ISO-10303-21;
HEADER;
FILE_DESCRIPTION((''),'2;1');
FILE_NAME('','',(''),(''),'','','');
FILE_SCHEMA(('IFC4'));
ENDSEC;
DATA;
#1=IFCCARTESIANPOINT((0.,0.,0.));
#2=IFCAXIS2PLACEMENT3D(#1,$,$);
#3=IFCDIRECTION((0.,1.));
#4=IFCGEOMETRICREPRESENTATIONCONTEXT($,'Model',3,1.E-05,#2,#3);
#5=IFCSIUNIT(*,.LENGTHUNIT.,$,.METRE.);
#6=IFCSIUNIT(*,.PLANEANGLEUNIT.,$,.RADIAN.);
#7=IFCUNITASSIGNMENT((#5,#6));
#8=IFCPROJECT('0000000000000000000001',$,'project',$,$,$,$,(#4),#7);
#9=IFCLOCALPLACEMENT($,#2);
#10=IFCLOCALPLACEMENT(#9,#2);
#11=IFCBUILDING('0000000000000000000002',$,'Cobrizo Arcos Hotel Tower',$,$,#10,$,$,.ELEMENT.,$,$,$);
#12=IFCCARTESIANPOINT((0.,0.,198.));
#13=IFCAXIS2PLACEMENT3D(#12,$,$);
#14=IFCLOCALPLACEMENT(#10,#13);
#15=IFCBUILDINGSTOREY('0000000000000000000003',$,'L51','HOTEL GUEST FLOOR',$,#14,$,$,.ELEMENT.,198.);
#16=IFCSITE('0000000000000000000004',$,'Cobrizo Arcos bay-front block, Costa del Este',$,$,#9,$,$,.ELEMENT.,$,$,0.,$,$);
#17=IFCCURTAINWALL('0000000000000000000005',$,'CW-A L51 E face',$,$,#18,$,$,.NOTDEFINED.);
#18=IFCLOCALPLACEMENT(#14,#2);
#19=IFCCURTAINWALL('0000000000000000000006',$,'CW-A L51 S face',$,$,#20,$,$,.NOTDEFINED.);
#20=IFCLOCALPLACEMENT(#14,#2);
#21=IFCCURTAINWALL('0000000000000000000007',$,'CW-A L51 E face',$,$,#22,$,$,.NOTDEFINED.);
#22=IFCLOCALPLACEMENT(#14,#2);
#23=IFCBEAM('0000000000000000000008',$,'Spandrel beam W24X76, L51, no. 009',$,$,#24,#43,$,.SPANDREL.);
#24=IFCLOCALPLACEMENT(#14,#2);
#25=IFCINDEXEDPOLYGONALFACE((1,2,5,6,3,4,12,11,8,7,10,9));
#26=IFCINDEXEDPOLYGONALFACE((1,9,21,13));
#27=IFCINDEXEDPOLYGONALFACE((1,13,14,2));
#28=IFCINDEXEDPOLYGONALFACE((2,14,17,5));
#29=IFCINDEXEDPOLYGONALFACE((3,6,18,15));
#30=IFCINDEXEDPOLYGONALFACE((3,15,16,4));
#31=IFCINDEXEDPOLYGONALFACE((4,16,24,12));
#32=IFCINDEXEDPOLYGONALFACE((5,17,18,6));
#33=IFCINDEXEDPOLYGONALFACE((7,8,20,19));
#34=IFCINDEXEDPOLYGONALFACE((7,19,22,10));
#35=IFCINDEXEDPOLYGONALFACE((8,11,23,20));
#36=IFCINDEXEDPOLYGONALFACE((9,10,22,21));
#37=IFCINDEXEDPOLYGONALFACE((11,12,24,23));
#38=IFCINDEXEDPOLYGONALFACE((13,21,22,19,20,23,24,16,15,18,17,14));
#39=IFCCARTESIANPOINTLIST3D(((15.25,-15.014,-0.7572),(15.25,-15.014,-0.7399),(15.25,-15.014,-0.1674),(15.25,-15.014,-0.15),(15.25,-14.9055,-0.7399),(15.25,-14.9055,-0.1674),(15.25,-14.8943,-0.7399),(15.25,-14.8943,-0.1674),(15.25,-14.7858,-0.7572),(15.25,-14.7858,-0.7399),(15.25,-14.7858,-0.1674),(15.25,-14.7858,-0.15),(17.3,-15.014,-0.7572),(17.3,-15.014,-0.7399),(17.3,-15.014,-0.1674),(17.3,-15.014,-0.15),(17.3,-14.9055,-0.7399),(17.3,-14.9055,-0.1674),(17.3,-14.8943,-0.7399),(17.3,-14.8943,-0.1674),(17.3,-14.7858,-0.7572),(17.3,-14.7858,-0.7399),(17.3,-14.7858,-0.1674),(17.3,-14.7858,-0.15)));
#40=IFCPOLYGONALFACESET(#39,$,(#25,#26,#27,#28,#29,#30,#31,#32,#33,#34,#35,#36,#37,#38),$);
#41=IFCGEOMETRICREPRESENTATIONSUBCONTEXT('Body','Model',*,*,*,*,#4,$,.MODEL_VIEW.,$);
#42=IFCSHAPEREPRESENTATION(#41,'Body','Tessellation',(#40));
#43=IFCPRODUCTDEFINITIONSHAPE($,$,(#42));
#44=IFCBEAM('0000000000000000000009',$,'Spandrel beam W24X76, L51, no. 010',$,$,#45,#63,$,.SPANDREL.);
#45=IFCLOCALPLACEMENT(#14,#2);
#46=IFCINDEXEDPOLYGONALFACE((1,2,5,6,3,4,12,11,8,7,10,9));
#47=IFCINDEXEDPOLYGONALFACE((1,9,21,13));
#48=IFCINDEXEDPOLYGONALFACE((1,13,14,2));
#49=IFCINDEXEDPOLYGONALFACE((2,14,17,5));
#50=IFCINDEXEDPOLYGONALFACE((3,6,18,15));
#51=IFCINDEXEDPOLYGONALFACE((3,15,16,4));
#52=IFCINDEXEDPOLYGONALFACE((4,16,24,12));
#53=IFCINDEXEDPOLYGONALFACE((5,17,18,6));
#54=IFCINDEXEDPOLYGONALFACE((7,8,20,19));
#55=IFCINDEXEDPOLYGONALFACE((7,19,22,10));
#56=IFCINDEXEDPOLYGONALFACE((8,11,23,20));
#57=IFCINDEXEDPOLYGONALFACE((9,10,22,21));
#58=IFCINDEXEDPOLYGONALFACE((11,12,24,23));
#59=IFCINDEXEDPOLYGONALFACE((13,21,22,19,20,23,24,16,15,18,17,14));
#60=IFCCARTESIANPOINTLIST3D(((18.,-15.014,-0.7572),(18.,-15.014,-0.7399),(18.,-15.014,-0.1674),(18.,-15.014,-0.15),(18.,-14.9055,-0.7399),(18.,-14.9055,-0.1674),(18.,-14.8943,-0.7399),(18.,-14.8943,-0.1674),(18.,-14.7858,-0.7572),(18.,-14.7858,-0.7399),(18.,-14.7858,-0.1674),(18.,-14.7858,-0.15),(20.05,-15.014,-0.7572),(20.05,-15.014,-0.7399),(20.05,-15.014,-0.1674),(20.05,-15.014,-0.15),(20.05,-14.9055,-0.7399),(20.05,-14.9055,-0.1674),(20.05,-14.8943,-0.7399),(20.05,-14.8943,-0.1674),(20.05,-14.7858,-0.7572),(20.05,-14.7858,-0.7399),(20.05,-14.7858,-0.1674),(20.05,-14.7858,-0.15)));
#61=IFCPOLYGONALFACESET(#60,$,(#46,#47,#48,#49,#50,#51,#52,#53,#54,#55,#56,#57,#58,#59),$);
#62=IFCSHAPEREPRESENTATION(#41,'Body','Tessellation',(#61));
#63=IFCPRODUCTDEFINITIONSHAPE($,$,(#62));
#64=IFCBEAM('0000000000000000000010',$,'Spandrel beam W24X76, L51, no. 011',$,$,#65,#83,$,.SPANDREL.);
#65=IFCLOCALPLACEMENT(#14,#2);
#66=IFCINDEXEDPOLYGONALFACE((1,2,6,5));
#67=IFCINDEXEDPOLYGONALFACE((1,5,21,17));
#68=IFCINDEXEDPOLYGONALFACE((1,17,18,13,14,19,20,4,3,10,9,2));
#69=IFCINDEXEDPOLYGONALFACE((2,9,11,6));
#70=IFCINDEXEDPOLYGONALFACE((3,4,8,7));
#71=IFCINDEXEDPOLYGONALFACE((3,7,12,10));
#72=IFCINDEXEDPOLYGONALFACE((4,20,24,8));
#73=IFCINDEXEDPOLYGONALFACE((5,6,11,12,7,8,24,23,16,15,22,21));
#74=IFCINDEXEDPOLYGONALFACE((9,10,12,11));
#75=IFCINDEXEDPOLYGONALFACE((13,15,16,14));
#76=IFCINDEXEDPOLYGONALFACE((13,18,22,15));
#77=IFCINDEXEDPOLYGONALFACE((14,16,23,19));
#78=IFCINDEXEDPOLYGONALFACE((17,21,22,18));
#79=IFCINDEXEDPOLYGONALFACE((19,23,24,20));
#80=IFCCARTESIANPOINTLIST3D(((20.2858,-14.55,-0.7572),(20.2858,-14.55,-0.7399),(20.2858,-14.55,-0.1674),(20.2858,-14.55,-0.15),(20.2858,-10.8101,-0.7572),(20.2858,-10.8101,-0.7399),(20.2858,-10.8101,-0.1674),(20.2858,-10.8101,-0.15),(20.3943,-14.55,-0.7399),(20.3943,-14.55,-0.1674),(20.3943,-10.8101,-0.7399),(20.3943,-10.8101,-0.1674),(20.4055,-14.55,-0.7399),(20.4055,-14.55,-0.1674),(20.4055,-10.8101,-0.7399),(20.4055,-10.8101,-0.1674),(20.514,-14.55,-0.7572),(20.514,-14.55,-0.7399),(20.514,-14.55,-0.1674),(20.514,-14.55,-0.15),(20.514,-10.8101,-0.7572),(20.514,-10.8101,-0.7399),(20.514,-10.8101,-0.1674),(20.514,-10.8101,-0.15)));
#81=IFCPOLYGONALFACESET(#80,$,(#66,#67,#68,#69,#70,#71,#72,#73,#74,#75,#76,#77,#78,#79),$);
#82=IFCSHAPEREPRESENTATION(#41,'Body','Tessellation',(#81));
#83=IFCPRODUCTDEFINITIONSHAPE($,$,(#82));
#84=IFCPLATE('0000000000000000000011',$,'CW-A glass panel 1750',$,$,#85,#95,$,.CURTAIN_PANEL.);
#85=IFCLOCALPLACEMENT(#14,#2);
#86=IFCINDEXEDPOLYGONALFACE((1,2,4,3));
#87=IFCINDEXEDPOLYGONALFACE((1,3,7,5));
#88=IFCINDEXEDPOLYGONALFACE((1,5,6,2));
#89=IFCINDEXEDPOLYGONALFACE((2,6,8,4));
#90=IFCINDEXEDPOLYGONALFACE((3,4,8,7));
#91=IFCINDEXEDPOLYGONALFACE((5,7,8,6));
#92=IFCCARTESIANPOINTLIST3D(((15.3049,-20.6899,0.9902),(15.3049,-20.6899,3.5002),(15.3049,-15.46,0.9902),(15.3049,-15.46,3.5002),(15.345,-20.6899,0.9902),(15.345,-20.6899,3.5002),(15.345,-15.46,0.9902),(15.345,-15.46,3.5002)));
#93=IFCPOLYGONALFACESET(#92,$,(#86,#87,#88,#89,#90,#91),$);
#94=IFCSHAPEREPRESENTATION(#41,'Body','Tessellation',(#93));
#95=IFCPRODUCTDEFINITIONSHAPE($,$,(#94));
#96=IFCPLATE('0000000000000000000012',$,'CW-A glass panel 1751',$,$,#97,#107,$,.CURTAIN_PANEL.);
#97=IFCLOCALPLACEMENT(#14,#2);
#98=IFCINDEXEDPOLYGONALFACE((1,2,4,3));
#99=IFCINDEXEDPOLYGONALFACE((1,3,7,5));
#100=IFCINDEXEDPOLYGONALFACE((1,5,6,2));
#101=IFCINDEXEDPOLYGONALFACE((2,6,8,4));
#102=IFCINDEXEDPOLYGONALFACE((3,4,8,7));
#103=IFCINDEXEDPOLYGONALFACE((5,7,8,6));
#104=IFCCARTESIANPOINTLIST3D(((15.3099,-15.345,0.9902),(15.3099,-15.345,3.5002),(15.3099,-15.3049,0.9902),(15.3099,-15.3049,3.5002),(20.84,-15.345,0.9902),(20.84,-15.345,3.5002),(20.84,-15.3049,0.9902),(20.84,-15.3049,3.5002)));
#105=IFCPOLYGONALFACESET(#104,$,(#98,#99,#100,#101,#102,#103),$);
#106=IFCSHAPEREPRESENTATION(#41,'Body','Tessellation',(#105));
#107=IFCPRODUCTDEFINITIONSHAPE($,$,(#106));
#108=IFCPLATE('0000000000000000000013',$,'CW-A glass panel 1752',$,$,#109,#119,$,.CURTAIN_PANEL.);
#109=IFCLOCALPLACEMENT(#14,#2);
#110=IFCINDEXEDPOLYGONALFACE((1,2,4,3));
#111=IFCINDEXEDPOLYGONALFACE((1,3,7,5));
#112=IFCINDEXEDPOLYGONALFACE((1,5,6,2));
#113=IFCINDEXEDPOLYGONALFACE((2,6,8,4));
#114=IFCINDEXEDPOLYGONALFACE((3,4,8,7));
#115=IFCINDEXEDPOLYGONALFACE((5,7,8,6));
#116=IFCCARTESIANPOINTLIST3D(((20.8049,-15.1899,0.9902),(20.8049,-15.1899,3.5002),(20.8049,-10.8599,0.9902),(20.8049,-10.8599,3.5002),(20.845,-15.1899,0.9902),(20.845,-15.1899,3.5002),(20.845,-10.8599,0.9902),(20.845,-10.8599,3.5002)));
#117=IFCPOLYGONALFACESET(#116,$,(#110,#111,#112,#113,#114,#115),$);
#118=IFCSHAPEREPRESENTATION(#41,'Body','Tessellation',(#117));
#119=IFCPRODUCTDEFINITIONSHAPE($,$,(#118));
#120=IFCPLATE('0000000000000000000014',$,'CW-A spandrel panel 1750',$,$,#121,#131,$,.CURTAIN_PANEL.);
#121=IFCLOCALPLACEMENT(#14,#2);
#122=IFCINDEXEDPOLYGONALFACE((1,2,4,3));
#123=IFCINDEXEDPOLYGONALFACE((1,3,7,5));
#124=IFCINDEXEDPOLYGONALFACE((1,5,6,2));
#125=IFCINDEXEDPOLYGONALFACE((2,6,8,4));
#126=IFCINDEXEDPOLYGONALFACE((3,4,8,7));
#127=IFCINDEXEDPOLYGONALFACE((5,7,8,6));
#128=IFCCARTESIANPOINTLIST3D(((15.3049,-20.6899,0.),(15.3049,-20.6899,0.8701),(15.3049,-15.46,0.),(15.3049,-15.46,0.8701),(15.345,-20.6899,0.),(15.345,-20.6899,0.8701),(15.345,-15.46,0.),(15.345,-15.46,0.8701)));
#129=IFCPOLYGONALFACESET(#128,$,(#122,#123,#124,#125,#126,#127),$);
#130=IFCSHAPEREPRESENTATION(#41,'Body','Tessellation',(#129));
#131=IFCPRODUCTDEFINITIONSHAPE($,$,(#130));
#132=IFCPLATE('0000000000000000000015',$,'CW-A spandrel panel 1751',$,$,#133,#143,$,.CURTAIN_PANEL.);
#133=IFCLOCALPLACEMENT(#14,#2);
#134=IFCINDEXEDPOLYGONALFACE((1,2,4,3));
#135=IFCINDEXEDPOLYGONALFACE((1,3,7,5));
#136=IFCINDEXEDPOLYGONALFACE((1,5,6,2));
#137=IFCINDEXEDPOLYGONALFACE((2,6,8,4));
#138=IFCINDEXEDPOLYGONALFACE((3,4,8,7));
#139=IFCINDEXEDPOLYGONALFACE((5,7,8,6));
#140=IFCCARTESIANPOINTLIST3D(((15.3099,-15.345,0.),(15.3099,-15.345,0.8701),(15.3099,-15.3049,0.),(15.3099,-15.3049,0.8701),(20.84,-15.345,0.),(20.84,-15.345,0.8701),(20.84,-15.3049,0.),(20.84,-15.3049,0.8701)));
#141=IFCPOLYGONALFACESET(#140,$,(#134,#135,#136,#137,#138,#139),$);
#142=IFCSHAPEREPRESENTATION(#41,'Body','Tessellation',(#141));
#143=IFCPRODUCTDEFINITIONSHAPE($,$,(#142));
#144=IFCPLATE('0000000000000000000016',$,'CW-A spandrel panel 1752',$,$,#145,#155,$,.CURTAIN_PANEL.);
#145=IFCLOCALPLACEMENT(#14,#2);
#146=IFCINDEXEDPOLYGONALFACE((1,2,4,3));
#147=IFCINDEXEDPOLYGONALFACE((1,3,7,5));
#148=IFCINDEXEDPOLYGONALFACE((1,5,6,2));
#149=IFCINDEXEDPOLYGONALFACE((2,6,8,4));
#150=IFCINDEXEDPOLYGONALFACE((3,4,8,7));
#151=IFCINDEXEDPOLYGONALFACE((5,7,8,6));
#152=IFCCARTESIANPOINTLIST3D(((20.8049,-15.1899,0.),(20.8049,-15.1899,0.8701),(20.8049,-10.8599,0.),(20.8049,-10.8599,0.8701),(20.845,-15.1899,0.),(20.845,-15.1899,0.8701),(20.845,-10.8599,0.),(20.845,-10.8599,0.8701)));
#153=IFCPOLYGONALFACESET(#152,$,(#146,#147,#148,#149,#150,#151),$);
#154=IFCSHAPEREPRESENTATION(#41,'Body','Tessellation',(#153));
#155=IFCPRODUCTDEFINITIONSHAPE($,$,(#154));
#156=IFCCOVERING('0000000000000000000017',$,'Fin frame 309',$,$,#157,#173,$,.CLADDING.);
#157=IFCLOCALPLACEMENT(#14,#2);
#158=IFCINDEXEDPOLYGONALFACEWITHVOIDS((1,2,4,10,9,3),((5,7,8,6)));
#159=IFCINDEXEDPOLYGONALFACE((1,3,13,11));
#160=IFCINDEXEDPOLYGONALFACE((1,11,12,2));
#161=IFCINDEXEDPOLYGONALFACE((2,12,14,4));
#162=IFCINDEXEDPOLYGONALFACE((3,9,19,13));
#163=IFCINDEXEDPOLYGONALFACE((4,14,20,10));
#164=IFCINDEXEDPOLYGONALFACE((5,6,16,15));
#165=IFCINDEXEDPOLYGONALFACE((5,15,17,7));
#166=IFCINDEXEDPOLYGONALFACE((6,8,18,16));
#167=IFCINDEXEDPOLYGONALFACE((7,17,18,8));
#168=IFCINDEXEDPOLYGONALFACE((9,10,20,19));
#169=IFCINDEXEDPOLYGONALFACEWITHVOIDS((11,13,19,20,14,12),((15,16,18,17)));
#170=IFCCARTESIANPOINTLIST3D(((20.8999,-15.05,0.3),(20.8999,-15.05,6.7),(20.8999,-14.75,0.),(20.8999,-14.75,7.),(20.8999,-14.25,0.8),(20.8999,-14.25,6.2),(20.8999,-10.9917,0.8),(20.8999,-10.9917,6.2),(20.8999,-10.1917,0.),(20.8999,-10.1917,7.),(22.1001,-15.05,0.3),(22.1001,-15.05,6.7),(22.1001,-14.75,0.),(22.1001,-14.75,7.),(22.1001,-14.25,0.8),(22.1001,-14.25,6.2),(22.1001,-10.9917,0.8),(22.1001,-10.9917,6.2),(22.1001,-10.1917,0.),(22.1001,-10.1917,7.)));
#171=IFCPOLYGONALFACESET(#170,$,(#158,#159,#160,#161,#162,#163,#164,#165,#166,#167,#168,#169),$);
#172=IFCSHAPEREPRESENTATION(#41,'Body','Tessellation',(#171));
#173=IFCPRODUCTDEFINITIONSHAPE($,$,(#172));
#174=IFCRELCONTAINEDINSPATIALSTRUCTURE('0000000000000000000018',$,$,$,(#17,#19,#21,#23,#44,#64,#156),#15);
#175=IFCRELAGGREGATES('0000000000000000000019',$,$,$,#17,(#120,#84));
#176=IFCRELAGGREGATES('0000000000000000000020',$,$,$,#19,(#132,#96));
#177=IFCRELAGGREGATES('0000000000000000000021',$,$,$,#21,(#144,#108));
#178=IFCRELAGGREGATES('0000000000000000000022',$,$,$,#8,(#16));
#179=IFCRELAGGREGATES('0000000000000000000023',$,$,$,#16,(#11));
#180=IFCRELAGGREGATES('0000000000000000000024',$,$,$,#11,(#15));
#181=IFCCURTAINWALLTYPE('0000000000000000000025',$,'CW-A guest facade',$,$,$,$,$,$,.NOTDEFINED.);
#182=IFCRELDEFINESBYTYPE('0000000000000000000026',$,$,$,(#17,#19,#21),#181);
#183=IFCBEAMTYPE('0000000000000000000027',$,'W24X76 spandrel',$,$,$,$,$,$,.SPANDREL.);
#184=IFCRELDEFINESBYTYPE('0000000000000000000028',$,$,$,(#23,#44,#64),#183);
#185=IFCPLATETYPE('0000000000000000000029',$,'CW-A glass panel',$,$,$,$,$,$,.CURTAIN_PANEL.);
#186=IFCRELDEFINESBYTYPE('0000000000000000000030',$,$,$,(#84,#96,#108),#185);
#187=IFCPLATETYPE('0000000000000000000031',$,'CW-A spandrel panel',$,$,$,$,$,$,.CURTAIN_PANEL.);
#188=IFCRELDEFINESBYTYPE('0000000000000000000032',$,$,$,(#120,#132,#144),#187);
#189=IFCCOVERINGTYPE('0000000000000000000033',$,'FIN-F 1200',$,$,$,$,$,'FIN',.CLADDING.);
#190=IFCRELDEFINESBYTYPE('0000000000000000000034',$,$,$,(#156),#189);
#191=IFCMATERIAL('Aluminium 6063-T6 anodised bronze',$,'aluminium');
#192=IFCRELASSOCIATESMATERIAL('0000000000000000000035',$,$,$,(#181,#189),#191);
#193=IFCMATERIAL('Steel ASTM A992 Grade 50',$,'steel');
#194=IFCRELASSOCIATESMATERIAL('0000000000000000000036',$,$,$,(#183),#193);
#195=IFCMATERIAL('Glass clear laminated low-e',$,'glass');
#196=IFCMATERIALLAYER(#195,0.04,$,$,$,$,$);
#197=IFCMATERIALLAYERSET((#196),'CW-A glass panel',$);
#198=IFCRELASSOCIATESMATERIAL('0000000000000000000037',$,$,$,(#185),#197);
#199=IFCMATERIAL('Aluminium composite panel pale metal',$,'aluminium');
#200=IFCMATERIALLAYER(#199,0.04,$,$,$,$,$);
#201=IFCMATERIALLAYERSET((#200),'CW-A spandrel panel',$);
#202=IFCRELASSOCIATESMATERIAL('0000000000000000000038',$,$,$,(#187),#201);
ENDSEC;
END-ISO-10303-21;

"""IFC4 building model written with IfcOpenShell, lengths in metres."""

from ifc_helpers import new_model, si_unit, direction, frame, origin, origin_2d, place, context, subcontext, project, spatial, polyline, rectangle, i_section, outline, extrude, material, layer, layer_set, material_profile, profile_set, type_object, element, aggregate, save


model = new_model("IFC4")

# Units and contexts
model_context = context("Model", 3, precision=1e-05, world=origin(), true_north=direction((0.0, 1.0)))
body_context = subcontext(model_context, "Body", "Model", "MODEL_VIEW")
ifc_project = project(units=[si_unit("LENGTHUNIT", "METRE"), si_unit("PLANEANGLEUNIT", "RADIAN")], contexts=[model_context])

# Site, building, storey
site_placement = place(None, origin())
site = spatial("IfcSite", under=ifc_project, at=site_placement, Name="Cobrizo Arcos bay-front block, Costa del Este", CompositionType="ELEMENT", RefElevation=0.0)
building_placement = place(site_placement, origin())
building = spatial("IfcBuilding", under=site, at=building_placement, Name="Cobrizo Arcos Hotel Tower", CompositionType="ELEMENT")
storey_placement = place(building_placement, frame((0.0, 0.0, 198.0)))
storey = spatial("IfcBuildingStorey", under=building, at=storey_placement, Name="L51", Description="HOTEL GUEST FLOOR", CompositionType="ELEMENT", Elevation=198.0)

# Shared definitions
ifc_material_1 = material(Name="Aluminium 6063-T6 anodised bronze", Category="aluminium")
curtain_wall_type = type_object("IfcCurtainWallType", Name="CW-A guest facade", PredefinedType="NOTDEFINED", material=ifc_material_1)

# Curtain walls
curtain_wall_1_placement = place(storey_placement, origin())
curtain_wall_1 = element("IfcCurtainWall", 1, at=curtain_wall_1_placement, inside=storey, type_object=curtain_wall_type, Name="CW-A L51 E face", PredefinedType="NOTDEFINED")
curtain_wall_2_placement = place(storey_placement, origin())
curtain_wall_2 = element("IfcCurtainWall", 2, at=curtain_wall_2_placement, inside=storey, type_object=curtain_wall_type, Name="CW-A L51 S face", PredefinedType="NOTDEFINED")

# Curtain wall
curtain_wall_3_placement = place(storey_placement, origin())
curtain_wall_3 = element("IfcCurtainWall", 3, at=curtain_wall_3_placement, inside=storey, type_object=curtain_wall_type, Name="CW-A L51 E face", PredefinedType="NOTDEFINED")

# Beams
ifc_material_2 = material(Name="Steel ASTM A992 Grade 50", Category="steel")
ifc_material_profile_1 = material_profile(ifc_material_2, i_section(OverallWidth=0.2283, OverallDepth=0.6072, WebThickness=0.0112, FlangeThickness=0.0173, at=origin_2d()), Name="W24X76")
ifc_profile_set_1 = profile_set([ifc_material_profile_1], Name="Steel ASTM A992 Grade 50")
beam_type_1 = type_object("IfcBeamType", Name="W24X76 spandrel", PredefinedType="SPANDREL", material=ifc_profile_set_1)
for number, where, z_axis, x_axis, name in (
    (4, (15.25, -14.8999, -0.4536), (1.0, 0.0, 0.0), (0.0, 1.0, 0.0), "Spandrel beam W24X76, L51, no. 009"),
    (5, (18.0, -14.8999, -0.4536), (1.0, 0.0, 0.0), (0.0, 1.0, 0.0), "Spandrel beam W24X76, L51, no. 010"),
):
    element("IfcBeam", number, at=place(storey_placement, frame(where, z_axis=z_axis, x_axis=x_axis)), inside=storey, type_object=beam_type_1, Name=name, PredefinedType="SPANDREL", context=body_context, shape_type="SweptSolid", body=[
        extrude(i_section(OverallWidth=0.2283, OverallDepth=0.6072, WebThickness=0.0112, FlangeThickness=0.0173, at=origin_2d()), origin(), (0.0, 0.0, 1.0), 2.05),
    ])
beam_1_placement = place(storey_placement, frame((20.3999, -14.55, -0.4536), z_axis=(0.0, 1.0, 0.0), x_axis=(-1.0, 0.0, 0.0)))
element("IfcBeam", 6, at=beam_1_placement, inside=storey, type_object=beam_type_1, Name="Spandrel beam W24X76, L51, no. 011", PredefinedType="SPANDREL", context=body_context, shape_type="SweptSolid", body=[
    extrude(i_section(OverallWidth=0.2283, OverallDepth=0.6072, WebThickness=0.0112, FlangeThickness=0.0173, at=origin_2d()), origin(), (0.0, 0.0, 1.0), 3.74),
])

# Plates
ifc_material_3 = material(Name="Glass clear laminated low-e", Category="glass")
ifc_layer_1 = layer(ifc_material_3, 0.04)
ifc_layer_set_1 = layer_set([ifc_layer_1], Name="CW-A glass panel")
plate_type_1 = type_object("IfcPlateType", Name="CW-A glass panel", PredefinedType="CURTAIN_PANEL", material=ifc_layer_set_1)
plate_1_placement = place(storey_placement, frame((15.325, -18.075, 0.9902), z_axis=(0.0, 0.0, 1.0), x_axis=(0.0, 1.0, 0.0)))
plate_1 = element("IfcPlate", 7, at=plate_1_placement, type_object=plate_type_1, Name="CW-A glass panel 1750", PredefinedType="CURTAIN_PANEL", context=body_context, shape_type="SweptSolid", body=[
    extrude(rectangle(XDim=5.23, YDim=0.04, at=origin_2d()), origin(), (0.0, 0.0, 1.0), 2.51),
])
plate_2_placement = place(storey_placement, frame((18.075, -15.325, 0.9902), z_axis=(0.0, 0.0, 1.0), x_axis=(1.0, 0.0, 0.0)))
plate_2 = element("IfcPlate", 8, at=plate_2_placement, type_object=plate_type_1, Name="CW-A glass panel 1751", PredefinedType="CURTAIN_PANEL", context=body_context, shape_type="SweptSolid", body=[
    extrude(rectangle(XDim=5.53, YDim=0.04, at=origin_2d()), origin(), (0.0, 0.0, 1.0), 2.51),
])
plate_3_placement = place(storey_placement, frame((20.825, -13.0249, 0.9902), z_axis=(0.0, 0.0, 1.0), x_axis=(0.0, 1.0, 0.0)))
plate_3 = element("IfcPlate", 9, at=plate_3_placement, type_object=plate_type_1, Name="CW-A glass panel 1752", PredefinedType="CURTAIN_PANEL", context=body_context, shape_type="SweptSolid", body=[
    extrude(rectangle(XDim=4.3301, YDim=0.04, at=origin_2d()), origin(), (0.0, 0.0, 1.0), 2.51),
])
ifc_material_4 = material(Name="Aluminium composite panel pale metal", Category="aluminium")
ifc_layer_2 = layer(ifc_material_4, 0.04)
ifc_layer_set_2 = layer_set([ifc_layer_2], Name="CW-A spandrel panel")
plate_type_2 = type_object("IfcPlateType", Name="CW-A spandrel panel", PredefinedType="CURTAIN_PANEL", material=ifc_layer_set_2)
plate_4_placement = place(storey_placement, frame((15.325, -18.075, 0.0), z_axis=(0.0, 0.0, 1.0), x_axis=(0.0, 1.0, 0.0)))
plate_4 = element("IfcPlate", 10, at=plate_4_placement, type_object=plate_type_2, Name="CW-A spandrel panel 1750", PredefinedType="CURTAIN_PANEL", context=body_context, shape_type="SweptSolid", body=[
    extrude(rectangle(XDim=5.23, YDim=0.04, at=origin_2d()), origin(), (0.0, 0.0, 1.0), 0.8701),
])
aggregate(curtain_wall_1, [plate_4, plate_1])
plate_5_placement = place(storey_placement, frame((18.075, -15.325, 0.0), z_axis=(0.0, 0.0, 1.0), x_axis=(1.0, 0.0, 0.0)))
plate_5 = element("IfcPlate", 11, at=plate_5_placement, type_object=plate_type_2, Name="CW-A spandrel panel 1751", PredefinedType="CURTAIN_PANEL", context=body_context, shape_type="SweptSolid", body=[
    extrude(rectangle(XDim=5.53, YDim=0.04, at=origin_2d()), origin(), (0.0, 0.0, 1.0), 0.8701),
])
aggregate(curtain_wall_2, [plate_5, plate_2])
plate_6_placement = place(storey_placement, frame((20.825, -13.0249, 0.0), z_axis=(0.0, 0.0, 1.0), x_axis=(0.0, 1.0, 0.0)))
plate_6 = element("IfcPlate", 12, at=plate_6_placement, type_object=plate_type_2, Name="CW-A spandrel panel 1752", PredefinedType="CURTAIN_PANEL", context=body_context, shape_type="SweptSolid", body=[
    extrude(rectangle(XDim=4.3301, YDim=0.04, at=origin_2d()), origin(), (0.0, 0.0, 1.0), 0.8701),
])
aggregate(curtain_wall_3, [plate_6, plate_3])

# Covering
covering_type = type_object("IfcCoveringType", Name="FIN-F 1200", ElementType="FIN", PredefinedType="CLADDING", material=ifc_material_1)
covering_placement = place(storey_placement, frame((20.8999, -15.05, 0.0), z_axis=(1.0, 0.0, 0.0), x_axis=(0.0, 1.0, 0.0)))
element("IfcCovering", 13, at=covering_placement, inside=storey, type_object=covering_type, Name="Fin frame 309", PredefinedType="CLADDING", context=body_context, shape_type="SweptSolid", body=[
    extrude(outline(polyline([(0.0, 0.3), (0.3, 0.0), (4.8584, 0.0), (4.8584, 7.0), (0.3, 7.0), (0.0, 6.7), (0.0, 0.3)]), holes=[polyline([(4.0583, 0.8), (0.8, 0.8), (0.8, 6.2), (4.0583, 6.2), (4.0583, 0.8)])]), origin(), (0.0, 0.0, 1.0), 1.2002),
])

save(model, "model.ifc")
